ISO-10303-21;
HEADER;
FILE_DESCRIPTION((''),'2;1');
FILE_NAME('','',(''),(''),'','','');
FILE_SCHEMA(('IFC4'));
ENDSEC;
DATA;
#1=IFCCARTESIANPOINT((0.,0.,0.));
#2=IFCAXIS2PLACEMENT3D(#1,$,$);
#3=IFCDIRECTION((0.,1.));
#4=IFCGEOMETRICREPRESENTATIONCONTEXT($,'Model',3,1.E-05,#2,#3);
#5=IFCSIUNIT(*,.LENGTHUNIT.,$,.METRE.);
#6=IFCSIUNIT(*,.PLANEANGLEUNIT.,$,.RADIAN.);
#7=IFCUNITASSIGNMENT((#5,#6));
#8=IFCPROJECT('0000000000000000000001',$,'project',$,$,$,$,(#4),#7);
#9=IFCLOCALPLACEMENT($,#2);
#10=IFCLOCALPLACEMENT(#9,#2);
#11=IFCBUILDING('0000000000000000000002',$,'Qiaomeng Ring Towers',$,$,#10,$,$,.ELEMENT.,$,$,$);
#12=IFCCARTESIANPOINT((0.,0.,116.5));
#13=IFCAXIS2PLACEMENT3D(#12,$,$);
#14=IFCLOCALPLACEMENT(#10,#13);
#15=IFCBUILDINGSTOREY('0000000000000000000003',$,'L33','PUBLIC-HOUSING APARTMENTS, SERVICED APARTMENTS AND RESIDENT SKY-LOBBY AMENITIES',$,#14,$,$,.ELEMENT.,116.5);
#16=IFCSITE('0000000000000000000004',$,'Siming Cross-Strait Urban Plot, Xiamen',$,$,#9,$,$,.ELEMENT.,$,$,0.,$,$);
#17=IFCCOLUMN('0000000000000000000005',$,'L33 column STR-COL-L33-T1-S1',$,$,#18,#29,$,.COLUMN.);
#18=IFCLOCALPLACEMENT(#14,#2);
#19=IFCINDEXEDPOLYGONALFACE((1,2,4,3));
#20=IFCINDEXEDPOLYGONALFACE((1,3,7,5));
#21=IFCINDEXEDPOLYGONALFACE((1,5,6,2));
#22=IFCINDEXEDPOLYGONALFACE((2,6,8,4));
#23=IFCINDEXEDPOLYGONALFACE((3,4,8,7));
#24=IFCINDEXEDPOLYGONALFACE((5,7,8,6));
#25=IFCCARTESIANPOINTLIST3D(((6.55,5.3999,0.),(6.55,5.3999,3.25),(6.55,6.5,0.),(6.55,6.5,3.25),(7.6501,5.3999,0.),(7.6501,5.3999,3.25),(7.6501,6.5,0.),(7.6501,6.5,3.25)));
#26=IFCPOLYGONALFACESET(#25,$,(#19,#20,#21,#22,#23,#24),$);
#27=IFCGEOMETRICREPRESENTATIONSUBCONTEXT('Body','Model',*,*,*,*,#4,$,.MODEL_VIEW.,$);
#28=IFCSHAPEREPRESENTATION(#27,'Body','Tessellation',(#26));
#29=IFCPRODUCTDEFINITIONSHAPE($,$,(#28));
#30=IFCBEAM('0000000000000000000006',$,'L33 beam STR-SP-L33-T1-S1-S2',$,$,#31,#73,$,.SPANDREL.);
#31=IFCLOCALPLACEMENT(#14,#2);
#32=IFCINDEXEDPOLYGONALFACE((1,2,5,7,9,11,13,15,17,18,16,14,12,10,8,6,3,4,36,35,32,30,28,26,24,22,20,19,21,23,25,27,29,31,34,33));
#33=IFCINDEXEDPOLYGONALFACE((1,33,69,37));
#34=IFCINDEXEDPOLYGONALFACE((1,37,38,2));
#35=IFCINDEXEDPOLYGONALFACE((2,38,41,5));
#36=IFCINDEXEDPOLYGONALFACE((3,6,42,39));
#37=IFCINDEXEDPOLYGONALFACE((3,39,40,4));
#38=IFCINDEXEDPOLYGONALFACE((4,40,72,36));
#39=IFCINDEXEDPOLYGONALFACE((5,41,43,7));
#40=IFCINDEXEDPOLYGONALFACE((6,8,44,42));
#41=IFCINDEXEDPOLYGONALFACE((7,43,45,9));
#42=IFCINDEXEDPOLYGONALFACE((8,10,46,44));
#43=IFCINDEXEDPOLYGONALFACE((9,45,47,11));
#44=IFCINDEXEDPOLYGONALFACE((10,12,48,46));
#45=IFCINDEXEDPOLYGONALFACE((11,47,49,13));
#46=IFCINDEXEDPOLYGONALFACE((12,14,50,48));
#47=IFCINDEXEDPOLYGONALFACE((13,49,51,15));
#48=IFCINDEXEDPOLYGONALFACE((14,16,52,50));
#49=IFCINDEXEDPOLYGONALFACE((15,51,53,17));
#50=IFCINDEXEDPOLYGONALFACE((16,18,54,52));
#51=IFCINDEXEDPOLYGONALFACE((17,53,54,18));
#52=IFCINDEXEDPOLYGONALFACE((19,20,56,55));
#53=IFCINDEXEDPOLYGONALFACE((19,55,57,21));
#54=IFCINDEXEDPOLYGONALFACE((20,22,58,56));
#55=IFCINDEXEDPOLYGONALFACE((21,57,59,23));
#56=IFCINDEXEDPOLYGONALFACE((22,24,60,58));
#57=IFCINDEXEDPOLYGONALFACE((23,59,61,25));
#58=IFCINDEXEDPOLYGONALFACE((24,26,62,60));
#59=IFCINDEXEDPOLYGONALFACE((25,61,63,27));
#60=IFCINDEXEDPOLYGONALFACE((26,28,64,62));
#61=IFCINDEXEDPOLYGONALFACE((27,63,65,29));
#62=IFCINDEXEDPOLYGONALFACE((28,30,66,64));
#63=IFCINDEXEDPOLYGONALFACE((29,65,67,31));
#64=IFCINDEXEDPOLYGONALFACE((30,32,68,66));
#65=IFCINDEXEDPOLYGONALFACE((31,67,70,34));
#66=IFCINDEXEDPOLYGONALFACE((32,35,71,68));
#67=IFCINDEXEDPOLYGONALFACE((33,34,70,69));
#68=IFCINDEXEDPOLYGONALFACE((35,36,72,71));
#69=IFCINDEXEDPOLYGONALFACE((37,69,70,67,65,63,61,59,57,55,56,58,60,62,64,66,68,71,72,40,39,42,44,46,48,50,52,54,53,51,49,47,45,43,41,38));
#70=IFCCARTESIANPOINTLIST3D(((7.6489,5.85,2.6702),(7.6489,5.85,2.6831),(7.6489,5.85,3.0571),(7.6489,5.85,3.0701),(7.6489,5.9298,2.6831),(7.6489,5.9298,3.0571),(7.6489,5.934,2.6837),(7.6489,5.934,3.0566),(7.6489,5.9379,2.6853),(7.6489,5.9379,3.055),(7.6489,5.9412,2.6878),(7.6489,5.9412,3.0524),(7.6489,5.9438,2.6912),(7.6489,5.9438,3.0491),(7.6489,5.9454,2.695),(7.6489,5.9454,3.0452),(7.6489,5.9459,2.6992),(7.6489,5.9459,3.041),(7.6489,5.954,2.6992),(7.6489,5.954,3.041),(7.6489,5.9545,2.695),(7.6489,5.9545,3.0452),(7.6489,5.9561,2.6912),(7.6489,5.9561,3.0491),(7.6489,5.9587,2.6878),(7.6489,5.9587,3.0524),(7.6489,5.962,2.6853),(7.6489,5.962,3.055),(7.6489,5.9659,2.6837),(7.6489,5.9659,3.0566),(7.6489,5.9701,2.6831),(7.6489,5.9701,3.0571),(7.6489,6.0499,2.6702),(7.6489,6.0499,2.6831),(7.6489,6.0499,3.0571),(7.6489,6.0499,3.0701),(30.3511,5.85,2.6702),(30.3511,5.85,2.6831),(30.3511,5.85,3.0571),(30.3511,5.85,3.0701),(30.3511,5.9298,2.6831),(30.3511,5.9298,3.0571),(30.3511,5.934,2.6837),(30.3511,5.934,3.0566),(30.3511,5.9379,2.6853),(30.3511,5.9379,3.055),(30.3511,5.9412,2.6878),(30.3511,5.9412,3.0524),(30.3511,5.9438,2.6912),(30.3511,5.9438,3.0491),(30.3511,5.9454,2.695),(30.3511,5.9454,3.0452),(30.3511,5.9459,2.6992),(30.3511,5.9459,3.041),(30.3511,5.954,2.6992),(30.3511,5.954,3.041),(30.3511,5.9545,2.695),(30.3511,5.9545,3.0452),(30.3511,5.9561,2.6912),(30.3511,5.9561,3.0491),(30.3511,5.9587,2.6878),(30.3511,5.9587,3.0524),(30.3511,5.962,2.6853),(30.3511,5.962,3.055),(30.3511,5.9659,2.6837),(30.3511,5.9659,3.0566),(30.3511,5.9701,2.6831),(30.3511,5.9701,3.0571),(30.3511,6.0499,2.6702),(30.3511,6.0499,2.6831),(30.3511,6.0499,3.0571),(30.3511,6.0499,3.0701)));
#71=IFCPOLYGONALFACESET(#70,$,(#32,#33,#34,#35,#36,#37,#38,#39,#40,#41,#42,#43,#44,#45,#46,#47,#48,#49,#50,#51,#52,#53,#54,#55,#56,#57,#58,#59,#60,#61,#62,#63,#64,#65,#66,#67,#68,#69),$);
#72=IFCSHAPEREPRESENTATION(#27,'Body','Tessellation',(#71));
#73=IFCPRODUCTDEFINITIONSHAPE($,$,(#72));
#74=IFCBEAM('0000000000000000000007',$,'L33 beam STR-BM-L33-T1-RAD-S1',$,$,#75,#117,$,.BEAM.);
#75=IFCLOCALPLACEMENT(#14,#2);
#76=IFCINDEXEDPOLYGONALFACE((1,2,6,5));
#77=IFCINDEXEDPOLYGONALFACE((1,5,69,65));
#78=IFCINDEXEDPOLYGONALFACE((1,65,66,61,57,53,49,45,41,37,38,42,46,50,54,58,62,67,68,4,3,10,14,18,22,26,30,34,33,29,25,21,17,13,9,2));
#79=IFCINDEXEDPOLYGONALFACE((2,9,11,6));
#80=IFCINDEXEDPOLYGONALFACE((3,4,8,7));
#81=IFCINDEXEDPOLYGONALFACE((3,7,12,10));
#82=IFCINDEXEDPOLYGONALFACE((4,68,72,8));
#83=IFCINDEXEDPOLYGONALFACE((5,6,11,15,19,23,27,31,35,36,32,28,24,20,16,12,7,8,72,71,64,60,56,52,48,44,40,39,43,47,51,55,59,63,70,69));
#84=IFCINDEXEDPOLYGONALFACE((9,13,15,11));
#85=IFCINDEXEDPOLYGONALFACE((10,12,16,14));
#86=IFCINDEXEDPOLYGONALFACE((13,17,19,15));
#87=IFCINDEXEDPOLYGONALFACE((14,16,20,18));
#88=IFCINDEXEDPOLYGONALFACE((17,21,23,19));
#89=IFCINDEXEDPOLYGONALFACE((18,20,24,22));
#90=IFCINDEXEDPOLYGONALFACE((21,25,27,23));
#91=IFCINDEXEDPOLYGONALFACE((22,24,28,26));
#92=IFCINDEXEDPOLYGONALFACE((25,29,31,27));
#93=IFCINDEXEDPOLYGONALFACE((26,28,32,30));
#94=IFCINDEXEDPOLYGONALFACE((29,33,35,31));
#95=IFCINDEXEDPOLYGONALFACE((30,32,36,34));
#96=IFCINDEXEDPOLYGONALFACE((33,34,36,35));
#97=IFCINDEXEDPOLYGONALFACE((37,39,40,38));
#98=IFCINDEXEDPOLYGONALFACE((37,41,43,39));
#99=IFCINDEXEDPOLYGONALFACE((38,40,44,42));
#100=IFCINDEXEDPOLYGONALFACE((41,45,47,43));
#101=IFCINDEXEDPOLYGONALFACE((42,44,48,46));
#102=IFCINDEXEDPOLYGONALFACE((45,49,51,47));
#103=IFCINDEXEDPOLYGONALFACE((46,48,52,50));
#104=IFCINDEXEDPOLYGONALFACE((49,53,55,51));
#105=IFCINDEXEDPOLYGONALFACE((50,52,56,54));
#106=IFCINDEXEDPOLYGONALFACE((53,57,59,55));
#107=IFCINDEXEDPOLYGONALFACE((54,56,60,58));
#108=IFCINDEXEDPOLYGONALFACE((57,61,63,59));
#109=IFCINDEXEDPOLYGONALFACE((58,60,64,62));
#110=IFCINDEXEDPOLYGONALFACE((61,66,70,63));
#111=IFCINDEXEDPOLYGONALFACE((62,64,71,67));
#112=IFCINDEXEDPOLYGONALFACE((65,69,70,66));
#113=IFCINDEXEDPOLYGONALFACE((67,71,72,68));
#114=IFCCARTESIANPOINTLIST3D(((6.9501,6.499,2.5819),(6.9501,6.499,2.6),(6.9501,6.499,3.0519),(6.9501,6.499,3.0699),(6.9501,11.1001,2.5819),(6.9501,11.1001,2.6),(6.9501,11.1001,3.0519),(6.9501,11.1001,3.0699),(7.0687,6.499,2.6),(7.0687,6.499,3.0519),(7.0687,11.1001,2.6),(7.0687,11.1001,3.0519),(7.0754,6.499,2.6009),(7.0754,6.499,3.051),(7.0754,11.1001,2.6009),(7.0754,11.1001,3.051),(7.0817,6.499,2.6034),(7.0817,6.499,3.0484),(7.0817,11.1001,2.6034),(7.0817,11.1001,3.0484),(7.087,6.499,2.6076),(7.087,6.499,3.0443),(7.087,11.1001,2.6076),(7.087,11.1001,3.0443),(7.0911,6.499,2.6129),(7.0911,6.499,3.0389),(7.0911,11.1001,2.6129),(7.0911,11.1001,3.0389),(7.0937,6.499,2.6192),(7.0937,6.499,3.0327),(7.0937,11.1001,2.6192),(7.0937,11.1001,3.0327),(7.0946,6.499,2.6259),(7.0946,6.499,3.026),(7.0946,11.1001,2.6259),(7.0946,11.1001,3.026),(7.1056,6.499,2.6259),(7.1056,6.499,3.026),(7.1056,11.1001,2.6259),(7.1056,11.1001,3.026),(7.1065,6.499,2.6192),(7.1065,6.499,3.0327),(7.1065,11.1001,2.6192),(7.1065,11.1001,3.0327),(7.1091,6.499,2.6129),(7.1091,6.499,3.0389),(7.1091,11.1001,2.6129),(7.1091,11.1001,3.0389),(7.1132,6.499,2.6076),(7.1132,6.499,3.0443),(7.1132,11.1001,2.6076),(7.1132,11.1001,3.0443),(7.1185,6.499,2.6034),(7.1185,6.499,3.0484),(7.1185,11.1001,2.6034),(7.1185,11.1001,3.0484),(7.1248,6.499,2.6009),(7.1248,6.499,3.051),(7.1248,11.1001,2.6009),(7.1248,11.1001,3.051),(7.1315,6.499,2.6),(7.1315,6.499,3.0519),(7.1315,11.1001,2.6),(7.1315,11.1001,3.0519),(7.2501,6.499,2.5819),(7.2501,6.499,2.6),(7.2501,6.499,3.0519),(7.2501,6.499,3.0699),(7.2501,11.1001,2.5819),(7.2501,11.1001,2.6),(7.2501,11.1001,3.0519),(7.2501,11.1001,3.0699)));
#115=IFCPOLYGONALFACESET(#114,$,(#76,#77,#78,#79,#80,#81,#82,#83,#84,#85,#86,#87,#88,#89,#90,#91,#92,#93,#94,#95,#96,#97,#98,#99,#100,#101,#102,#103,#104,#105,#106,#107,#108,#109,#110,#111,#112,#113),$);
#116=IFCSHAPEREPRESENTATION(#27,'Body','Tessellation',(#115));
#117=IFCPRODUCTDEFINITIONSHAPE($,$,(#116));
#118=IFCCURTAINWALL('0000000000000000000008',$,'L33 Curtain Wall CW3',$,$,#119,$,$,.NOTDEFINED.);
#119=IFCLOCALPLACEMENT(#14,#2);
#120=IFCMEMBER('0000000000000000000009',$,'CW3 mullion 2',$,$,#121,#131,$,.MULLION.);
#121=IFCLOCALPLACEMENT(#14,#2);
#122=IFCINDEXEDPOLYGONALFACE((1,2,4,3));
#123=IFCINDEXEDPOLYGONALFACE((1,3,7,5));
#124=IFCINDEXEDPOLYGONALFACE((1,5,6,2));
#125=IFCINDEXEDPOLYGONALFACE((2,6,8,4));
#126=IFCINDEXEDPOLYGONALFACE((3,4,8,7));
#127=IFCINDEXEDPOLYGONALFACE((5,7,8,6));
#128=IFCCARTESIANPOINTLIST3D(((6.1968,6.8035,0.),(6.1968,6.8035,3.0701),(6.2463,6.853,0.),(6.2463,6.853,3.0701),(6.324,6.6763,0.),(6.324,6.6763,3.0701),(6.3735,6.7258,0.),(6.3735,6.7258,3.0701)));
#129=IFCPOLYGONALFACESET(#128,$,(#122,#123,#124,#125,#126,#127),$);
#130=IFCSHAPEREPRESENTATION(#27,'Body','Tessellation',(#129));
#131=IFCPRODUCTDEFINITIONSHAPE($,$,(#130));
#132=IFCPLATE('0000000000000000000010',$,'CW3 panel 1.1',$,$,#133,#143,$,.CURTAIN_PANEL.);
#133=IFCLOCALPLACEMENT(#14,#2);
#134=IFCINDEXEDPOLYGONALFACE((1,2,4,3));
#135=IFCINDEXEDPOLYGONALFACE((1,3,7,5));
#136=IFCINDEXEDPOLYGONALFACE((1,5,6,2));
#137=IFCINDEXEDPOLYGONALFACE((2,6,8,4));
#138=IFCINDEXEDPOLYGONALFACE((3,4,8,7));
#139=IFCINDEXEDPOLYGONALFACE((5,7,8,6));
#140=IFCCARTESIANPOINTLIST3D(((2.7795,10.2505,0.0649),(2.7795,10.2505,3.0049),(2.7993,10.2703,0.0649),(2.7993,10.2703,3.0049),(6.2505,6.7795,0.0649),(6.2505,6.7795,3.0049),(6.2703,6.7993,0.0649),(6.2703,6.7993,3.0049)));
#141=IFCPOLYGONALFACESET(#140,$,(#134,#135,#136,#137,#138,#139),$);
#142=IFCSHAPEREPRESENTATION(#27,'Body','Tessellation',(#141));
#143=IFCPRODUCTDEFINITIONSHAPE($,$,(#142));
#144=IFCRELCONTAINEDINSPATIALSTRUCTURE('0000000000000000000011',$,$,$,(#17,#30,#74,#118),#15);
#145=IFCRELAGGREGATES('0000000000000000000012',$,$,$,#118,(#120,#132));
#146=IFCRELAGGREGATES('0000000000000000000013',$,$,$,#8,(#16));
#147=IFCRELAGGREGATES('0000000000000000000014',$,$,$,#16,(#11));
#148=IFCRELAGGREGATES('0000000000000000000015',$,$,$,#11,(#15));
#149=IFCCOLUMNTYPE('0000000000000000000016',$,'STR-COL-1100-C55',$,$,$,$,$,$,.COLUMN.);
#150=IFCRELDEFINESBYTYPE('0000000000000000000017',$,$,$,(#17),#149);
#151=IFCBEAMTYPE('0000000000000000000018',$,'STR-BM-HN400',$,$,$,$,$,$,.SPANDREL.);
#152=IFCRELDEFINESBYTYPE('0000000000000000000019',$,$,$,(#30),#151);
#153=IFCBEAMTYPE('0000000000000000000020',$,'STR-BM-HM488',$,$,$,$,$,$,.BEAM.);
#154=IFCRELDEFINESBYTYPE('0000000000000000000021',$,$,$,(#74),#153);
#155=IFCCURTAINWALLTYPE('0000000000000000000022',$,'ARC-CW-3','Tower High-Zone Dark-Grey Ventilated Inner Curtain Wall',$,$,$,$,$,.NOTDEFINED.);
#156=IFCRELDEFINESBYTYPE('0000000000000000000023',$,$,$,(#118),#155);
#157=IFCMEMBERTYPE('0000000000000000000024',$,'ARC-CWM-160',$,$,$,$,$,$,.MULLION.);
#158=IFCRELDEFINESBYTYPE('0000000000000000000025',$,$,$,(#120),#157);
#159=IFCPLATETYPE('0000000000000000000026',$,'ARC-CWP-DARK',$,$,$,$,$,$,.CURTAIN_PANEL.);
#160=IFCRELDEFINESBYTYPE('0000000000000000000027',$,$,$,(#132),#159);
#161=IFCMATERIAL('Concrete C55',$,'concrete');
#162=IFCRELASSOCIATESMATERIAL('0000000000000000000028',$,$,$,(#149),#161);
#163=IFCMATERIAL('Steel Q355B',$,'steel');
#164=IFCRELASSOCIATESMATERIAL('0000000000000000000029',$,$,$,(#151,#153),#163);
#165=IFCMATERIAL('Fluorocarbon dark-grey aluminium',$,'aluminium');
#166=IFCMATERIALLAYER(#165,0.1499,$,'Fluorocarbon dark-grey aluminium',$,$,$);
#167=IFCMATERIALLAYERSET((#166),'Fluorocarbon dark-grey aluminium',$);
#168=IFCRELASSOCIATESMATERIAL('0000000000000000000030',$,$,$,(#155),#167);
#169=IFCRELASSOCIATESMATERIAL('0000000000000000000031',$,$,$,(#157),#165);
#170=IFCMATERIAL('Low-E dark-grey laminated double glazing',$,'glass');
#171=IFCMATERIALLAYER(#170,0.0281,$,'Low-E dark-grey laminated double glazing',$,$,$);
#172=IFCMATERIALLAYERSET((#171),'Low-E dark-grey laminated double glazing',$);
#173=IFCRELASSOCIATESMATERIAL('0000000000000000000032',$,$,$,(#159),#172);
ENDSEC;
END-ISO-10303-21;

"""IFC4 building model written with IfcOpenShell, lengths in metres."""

from ifc_helpers import new_model, si_unit, direction, frame, origin, origin_2d, place, context, subcontext, project, spatial, rectangle, i_section, extrude, source, transform, mapped, material, layer, layer_set, material_profile, profile_set, type_object, element, aggregate, save


model = new_model("IFC4")

# Units and contexts
model_context = context("Model", 3, precision=1e-05, world=origin(), true_north=direction((0.0, 1.0)))
body_context = subcontext(model_context, "Body", "Model", "MODEL_VIEW")
ifc_project = project(units=[si_unit("LENGTHUNIT", "METRE"), si_unit("PLANEANGLEUNIT", "RADIAN")], contexts=[model_context])

# Site, building, storey
site_placement = place(None, origin())
site = spatial("IfcSite", under=ifc_project, at=site_placement, Name="Siming Cross-Strait Urban Plot, Xiamen", CompositionType="ELEMENT", RefElevation=0.0)
building_placement = place(site_placement, origin())
building = spatial("IfcBuilding", under=site, at=building_placement, Name="Qiaomeng Ring Towers", CompositionType="ELEMENT")
storey_placement = place(building_placement, frame((0.0, 0.0, 116.5)))
storey = spatial("IfcBuildingStorey", under=building, at=storey_placement, Name="L33", Description="PUBLIC-HOUSING APARTMENTS, SERVICED APARTMENTS AND RESIDENT SKY-LOBBY AMENITIES", CompositionType="ELEMENT", Elevation=116.5)

# Column
ifc_material_1 = material(Name="Concrete C55", Category="concrete")
ifc_material_profile_1 = material_profile(ifc_material_1, rectangle(XDim=1.1001, YDim=1.1001, at=origin_2d()), Name="RC COL 1100x1100")
ifc_profile_set_1 = profile_set([ifc_material_profile_1], Name="Concrete C55")
column_type = type_object("IfcColumnType", Name="STR-COL-1100-C55", PredefinedType="COLUMN", material=ifc_profile_set_1)
shared_shape_1 = source(origin(), body_context, "Body", "SweptSolid", [
    extrude(rectangle(XDim=1.1001, YDim=1.1001, at=origin_2d()), origin(), (0.0, 0.0, 1.0), 3.25),
])
column_placement = place(storey_placement, frame((7.1001, 5.95, 0.0), z_axis=(0.0, 0.0, 1.0), x_axis=(1.0, 0.0, 0.0)))
element("IfcColumn", 1, at=column_placement, inside=storey, type_object=column_type, Name="L33 column STR-COL-L33-T1-S1", PredefinedType="COLUMN", context=body_context, shape_type="MappedRepresentation", body=[
    mapped(shared_shape_1, transform((0.0, 0.0, 0.0), x_axis=(1.0, 0.0, 0.0), y_axis=(0.0, 1.0, 0.0), z_axis=(0.0, 0.0, 1.0), scale=1.0)),
])

# Beams
ifc_material_2 = material(Name="Steel Q355B", Category="steel")
ifc_material_profile_2 = material_profile(ifc_material_2, i_section(OverallWidth=0.2, OverallDepth=0.3999, WebThickness=0.0081, FlangeThickness=0.0129, FilletRadius=0.0161, at=origin_2d()), Name="HN 400x200x8x13")
ifc_profile_set_2 = profile_set([ifc_material_profile_2], Name="Steel Q355B")
beam_type_1 = type_object("IfcBeamType", Name="STR-BM-HN400", PredefinedType="SPANDREL", material=ifc_profile_set_2)
shared_shape_2 = source(origin(), body_context, "Body", "SweptSolid", [
    extrude(i_section(OverallWidth=0.2, OverallDepth=0.3999, WebThickness=0.0081, FlangeThickness=0.0129, FilletRadius=0.0161, at=origin_2d()), origin(), (0.0, 0.0, 1.0), 22.7021),
])
beam_1_placement = place(storey_placement, frame((7.6489, 5.95, 2.8701), z_axis=(1.0, 0.0, 0.0), x_axis=(0.0, 1.0, 0.0)))
element("IfcBeam", 2, at=beam_1_placement, inside=storey, type_object=beam_type_1, Name="L33 beam STR-SP-L33-T1-S1-S2", PredefinedType="SPANDREL", context=body_context, shape_type="MappedRepresentation", body=[
    mapped(shared_shape_2, transform((0.0, 0.0, 0.0), x_axis=(1.0, 0.0, 0.0), y_axis=(0.0, 1.0, 0.0), z_axis=(0.0, 0.0, 1.0), scale=1.0)),
])
ifc_material_profile_3 = material_profile(ifc_material_2, i_section(OverallWidth=0.3, OverallDepth=0.488, WebThickness=0.011, FlangeThickness=0.0181, FilletRadius=0.0259, at=origin_2d()), Name="HM 488x300x11x18")
ifc_profile_set_3 = profile_set([ifc_material_profile_3], Name="Steel Q355B")
beam_type_2 = type_object("IfcBeamType", Name="STR-BM-HM488", PredefinedType="BEAM", material=ifc_profile_set_3)
shared_shape_3 = source(origin(), body_context, "Body", "SweptSolid", [
    extrude(i_section(OverallWidth=0.3, OverallDepth=0.488, WebThickness=0.011, FlangeThickness=0.0181, FilletRadius=0.0259, at=origin_2d()), origin(), (0.0, 0.0, 1.0), 4.6011),
])
beam_2_placement = place(storey_placement, frame((7.1001, 6.499, 2.8259), z_axis=(0.0, 1.0, 0.0), x_axis=(-1.0, 0.0, 0.0)))
element("IfcBeam", 3, at=beam_2_placement, inside=storey, type_object=beam_type_2, Name="L33 beam STR-BM-L33-T1-RAD-S1", PredefinedType="BEAM", context=body_context, shape_type="MappedRepresentation", body=[
    mapped(shared_shape_3, transform((0.0, 0.0, 0.0), x_axis=(1.0, 0.0, 0.0), y_axis=(0.0, 1.0, 0.0), z_axis=(0.0, 0.0, 1.0), scale=1.0)),
])

# Curtain wall, member, plate
ifc_material_3 = material(Name="Fluorocarbon dark-grey aluminium", Category="aluminium")
ifc_layer_1 = layer(ifc_material_3, 0.1499, Name="Fluorocarbon dark-grey aluminium")
ifc_layer_set_1 = layer_set([ifc_layer_1], Name="Fluorocarbon dark-grey aluminium")
curtain_wall_type = type_object("IfcCurtainWallType", Name="ARC-CW-3", Description="Tower High-Zone Dark-Grey Ventilated Inner Curtain Wall", PredefinedType="NOTDEFINED", material=ifc_layer_set_1)
curtain_wall_placement = place(storey_placement, origin())
curtain_wall = element("IfcCurtainWall", 4, at=curtain_wall_placement, inside=storey, type_object=curtain_wall_type, Name="L33 Curtain Wall CW3", PredefinedType="NOTDEFINED")
ifc_material_profile_4 = material_profile(ifc_material_3, rectangle(XDim=0.0701, YDim=0.1799, at=origin_2d()), Name="ALU MULL 70x180")
ifc_profile_set_4 = profile_set([ifc_material_profile_4], Name="Fluorocarbon dark-grey aluminium")
member_type = type_object("IfcMemberType", Name="ARC-CWM-160", PredefinedType="MULLION", material=ifc_profile_set_4)
shared_shape_4 = source(origin(), body_context, "Body", "SweptSolid", [
    extrude(rectangle(XDim=0.0701, YDim=0.1799, at=origin_2d()), origin(), (0.0, 0.0, 1.0), 3.0701),
])
member_placement = place(storey_placement, frame((6.2852, 6.7646, 0.0), z_axis=(0.0, 0.0, 1.0), x_axis=(0.707107, 0.707107, 0.0)))
member = element("IfcMember", 5, at=member_placement, type_object=member_type, Name="CW3 mullion 2", PredefinedType="MULLION", context=body_context, shape_type="MappedRepresentation", body=[
    mapped(shared_shape_4, transform((0.0, 0.0, 0.0), x_axis=(1.0, 0.0, 0.0), y_axis=(0.0, 1.0, 0.0), z_axis=(0.0, 0.0, 1.0), scale=1.0)),
])
ifc_material_4 = material(Name="Low-E dark-grey laminated double glazing", Category="glass")
ifc_layer_2 = layer(ifc_material_4, 0.0281, Name="Low-E dark-grey laminated double glazing")
ifc_layer_set_2 = layer_set([ifc_layer_2], Name="Low-E dark-grey laminated double glazing")
plate_type = type_object("IfcPlateType", Name="ARC-CWP-DARK", PredefinedType="CURTAIN_PANEL", material=ifc_layer_set_2)
shared_shape_5 = source(origin(), body_context, "Body", "SweptSolid", [
    extrude(rectangle(XDim=4.9087, YDim=0.0281, at=origin_2d()), origin(), (0.0, 0.0, 1.0), 2.9399),
])
plate_placement = place(storey_placement, frame((4.5249, 8.5249, 0.0649), z_axis=(0.0, 0.0, 1.0), x_axis=(0.707107, -0.707107, 0.0)))
plate = element("IfcPlate", 6, at=plate_placement, type_object=plate_type, Name="CW3 panel 1.1", PredefinedType="CURTAIN_PANEL", context=body_context, shape_type="MappedRepresentation", body=[
    mapped(shared_shape_5, transform((0.0, 0.0, 0.0), x_axis=(1.0, 0.0, 0.0), y_axis=(0.0, 1.0, 0.0), z_axis=(0.0, 0.0, 1.0), scale=1.0)),
])
aggregate(curtain_wall, [member, plate])

save(model, "model.ifc")
